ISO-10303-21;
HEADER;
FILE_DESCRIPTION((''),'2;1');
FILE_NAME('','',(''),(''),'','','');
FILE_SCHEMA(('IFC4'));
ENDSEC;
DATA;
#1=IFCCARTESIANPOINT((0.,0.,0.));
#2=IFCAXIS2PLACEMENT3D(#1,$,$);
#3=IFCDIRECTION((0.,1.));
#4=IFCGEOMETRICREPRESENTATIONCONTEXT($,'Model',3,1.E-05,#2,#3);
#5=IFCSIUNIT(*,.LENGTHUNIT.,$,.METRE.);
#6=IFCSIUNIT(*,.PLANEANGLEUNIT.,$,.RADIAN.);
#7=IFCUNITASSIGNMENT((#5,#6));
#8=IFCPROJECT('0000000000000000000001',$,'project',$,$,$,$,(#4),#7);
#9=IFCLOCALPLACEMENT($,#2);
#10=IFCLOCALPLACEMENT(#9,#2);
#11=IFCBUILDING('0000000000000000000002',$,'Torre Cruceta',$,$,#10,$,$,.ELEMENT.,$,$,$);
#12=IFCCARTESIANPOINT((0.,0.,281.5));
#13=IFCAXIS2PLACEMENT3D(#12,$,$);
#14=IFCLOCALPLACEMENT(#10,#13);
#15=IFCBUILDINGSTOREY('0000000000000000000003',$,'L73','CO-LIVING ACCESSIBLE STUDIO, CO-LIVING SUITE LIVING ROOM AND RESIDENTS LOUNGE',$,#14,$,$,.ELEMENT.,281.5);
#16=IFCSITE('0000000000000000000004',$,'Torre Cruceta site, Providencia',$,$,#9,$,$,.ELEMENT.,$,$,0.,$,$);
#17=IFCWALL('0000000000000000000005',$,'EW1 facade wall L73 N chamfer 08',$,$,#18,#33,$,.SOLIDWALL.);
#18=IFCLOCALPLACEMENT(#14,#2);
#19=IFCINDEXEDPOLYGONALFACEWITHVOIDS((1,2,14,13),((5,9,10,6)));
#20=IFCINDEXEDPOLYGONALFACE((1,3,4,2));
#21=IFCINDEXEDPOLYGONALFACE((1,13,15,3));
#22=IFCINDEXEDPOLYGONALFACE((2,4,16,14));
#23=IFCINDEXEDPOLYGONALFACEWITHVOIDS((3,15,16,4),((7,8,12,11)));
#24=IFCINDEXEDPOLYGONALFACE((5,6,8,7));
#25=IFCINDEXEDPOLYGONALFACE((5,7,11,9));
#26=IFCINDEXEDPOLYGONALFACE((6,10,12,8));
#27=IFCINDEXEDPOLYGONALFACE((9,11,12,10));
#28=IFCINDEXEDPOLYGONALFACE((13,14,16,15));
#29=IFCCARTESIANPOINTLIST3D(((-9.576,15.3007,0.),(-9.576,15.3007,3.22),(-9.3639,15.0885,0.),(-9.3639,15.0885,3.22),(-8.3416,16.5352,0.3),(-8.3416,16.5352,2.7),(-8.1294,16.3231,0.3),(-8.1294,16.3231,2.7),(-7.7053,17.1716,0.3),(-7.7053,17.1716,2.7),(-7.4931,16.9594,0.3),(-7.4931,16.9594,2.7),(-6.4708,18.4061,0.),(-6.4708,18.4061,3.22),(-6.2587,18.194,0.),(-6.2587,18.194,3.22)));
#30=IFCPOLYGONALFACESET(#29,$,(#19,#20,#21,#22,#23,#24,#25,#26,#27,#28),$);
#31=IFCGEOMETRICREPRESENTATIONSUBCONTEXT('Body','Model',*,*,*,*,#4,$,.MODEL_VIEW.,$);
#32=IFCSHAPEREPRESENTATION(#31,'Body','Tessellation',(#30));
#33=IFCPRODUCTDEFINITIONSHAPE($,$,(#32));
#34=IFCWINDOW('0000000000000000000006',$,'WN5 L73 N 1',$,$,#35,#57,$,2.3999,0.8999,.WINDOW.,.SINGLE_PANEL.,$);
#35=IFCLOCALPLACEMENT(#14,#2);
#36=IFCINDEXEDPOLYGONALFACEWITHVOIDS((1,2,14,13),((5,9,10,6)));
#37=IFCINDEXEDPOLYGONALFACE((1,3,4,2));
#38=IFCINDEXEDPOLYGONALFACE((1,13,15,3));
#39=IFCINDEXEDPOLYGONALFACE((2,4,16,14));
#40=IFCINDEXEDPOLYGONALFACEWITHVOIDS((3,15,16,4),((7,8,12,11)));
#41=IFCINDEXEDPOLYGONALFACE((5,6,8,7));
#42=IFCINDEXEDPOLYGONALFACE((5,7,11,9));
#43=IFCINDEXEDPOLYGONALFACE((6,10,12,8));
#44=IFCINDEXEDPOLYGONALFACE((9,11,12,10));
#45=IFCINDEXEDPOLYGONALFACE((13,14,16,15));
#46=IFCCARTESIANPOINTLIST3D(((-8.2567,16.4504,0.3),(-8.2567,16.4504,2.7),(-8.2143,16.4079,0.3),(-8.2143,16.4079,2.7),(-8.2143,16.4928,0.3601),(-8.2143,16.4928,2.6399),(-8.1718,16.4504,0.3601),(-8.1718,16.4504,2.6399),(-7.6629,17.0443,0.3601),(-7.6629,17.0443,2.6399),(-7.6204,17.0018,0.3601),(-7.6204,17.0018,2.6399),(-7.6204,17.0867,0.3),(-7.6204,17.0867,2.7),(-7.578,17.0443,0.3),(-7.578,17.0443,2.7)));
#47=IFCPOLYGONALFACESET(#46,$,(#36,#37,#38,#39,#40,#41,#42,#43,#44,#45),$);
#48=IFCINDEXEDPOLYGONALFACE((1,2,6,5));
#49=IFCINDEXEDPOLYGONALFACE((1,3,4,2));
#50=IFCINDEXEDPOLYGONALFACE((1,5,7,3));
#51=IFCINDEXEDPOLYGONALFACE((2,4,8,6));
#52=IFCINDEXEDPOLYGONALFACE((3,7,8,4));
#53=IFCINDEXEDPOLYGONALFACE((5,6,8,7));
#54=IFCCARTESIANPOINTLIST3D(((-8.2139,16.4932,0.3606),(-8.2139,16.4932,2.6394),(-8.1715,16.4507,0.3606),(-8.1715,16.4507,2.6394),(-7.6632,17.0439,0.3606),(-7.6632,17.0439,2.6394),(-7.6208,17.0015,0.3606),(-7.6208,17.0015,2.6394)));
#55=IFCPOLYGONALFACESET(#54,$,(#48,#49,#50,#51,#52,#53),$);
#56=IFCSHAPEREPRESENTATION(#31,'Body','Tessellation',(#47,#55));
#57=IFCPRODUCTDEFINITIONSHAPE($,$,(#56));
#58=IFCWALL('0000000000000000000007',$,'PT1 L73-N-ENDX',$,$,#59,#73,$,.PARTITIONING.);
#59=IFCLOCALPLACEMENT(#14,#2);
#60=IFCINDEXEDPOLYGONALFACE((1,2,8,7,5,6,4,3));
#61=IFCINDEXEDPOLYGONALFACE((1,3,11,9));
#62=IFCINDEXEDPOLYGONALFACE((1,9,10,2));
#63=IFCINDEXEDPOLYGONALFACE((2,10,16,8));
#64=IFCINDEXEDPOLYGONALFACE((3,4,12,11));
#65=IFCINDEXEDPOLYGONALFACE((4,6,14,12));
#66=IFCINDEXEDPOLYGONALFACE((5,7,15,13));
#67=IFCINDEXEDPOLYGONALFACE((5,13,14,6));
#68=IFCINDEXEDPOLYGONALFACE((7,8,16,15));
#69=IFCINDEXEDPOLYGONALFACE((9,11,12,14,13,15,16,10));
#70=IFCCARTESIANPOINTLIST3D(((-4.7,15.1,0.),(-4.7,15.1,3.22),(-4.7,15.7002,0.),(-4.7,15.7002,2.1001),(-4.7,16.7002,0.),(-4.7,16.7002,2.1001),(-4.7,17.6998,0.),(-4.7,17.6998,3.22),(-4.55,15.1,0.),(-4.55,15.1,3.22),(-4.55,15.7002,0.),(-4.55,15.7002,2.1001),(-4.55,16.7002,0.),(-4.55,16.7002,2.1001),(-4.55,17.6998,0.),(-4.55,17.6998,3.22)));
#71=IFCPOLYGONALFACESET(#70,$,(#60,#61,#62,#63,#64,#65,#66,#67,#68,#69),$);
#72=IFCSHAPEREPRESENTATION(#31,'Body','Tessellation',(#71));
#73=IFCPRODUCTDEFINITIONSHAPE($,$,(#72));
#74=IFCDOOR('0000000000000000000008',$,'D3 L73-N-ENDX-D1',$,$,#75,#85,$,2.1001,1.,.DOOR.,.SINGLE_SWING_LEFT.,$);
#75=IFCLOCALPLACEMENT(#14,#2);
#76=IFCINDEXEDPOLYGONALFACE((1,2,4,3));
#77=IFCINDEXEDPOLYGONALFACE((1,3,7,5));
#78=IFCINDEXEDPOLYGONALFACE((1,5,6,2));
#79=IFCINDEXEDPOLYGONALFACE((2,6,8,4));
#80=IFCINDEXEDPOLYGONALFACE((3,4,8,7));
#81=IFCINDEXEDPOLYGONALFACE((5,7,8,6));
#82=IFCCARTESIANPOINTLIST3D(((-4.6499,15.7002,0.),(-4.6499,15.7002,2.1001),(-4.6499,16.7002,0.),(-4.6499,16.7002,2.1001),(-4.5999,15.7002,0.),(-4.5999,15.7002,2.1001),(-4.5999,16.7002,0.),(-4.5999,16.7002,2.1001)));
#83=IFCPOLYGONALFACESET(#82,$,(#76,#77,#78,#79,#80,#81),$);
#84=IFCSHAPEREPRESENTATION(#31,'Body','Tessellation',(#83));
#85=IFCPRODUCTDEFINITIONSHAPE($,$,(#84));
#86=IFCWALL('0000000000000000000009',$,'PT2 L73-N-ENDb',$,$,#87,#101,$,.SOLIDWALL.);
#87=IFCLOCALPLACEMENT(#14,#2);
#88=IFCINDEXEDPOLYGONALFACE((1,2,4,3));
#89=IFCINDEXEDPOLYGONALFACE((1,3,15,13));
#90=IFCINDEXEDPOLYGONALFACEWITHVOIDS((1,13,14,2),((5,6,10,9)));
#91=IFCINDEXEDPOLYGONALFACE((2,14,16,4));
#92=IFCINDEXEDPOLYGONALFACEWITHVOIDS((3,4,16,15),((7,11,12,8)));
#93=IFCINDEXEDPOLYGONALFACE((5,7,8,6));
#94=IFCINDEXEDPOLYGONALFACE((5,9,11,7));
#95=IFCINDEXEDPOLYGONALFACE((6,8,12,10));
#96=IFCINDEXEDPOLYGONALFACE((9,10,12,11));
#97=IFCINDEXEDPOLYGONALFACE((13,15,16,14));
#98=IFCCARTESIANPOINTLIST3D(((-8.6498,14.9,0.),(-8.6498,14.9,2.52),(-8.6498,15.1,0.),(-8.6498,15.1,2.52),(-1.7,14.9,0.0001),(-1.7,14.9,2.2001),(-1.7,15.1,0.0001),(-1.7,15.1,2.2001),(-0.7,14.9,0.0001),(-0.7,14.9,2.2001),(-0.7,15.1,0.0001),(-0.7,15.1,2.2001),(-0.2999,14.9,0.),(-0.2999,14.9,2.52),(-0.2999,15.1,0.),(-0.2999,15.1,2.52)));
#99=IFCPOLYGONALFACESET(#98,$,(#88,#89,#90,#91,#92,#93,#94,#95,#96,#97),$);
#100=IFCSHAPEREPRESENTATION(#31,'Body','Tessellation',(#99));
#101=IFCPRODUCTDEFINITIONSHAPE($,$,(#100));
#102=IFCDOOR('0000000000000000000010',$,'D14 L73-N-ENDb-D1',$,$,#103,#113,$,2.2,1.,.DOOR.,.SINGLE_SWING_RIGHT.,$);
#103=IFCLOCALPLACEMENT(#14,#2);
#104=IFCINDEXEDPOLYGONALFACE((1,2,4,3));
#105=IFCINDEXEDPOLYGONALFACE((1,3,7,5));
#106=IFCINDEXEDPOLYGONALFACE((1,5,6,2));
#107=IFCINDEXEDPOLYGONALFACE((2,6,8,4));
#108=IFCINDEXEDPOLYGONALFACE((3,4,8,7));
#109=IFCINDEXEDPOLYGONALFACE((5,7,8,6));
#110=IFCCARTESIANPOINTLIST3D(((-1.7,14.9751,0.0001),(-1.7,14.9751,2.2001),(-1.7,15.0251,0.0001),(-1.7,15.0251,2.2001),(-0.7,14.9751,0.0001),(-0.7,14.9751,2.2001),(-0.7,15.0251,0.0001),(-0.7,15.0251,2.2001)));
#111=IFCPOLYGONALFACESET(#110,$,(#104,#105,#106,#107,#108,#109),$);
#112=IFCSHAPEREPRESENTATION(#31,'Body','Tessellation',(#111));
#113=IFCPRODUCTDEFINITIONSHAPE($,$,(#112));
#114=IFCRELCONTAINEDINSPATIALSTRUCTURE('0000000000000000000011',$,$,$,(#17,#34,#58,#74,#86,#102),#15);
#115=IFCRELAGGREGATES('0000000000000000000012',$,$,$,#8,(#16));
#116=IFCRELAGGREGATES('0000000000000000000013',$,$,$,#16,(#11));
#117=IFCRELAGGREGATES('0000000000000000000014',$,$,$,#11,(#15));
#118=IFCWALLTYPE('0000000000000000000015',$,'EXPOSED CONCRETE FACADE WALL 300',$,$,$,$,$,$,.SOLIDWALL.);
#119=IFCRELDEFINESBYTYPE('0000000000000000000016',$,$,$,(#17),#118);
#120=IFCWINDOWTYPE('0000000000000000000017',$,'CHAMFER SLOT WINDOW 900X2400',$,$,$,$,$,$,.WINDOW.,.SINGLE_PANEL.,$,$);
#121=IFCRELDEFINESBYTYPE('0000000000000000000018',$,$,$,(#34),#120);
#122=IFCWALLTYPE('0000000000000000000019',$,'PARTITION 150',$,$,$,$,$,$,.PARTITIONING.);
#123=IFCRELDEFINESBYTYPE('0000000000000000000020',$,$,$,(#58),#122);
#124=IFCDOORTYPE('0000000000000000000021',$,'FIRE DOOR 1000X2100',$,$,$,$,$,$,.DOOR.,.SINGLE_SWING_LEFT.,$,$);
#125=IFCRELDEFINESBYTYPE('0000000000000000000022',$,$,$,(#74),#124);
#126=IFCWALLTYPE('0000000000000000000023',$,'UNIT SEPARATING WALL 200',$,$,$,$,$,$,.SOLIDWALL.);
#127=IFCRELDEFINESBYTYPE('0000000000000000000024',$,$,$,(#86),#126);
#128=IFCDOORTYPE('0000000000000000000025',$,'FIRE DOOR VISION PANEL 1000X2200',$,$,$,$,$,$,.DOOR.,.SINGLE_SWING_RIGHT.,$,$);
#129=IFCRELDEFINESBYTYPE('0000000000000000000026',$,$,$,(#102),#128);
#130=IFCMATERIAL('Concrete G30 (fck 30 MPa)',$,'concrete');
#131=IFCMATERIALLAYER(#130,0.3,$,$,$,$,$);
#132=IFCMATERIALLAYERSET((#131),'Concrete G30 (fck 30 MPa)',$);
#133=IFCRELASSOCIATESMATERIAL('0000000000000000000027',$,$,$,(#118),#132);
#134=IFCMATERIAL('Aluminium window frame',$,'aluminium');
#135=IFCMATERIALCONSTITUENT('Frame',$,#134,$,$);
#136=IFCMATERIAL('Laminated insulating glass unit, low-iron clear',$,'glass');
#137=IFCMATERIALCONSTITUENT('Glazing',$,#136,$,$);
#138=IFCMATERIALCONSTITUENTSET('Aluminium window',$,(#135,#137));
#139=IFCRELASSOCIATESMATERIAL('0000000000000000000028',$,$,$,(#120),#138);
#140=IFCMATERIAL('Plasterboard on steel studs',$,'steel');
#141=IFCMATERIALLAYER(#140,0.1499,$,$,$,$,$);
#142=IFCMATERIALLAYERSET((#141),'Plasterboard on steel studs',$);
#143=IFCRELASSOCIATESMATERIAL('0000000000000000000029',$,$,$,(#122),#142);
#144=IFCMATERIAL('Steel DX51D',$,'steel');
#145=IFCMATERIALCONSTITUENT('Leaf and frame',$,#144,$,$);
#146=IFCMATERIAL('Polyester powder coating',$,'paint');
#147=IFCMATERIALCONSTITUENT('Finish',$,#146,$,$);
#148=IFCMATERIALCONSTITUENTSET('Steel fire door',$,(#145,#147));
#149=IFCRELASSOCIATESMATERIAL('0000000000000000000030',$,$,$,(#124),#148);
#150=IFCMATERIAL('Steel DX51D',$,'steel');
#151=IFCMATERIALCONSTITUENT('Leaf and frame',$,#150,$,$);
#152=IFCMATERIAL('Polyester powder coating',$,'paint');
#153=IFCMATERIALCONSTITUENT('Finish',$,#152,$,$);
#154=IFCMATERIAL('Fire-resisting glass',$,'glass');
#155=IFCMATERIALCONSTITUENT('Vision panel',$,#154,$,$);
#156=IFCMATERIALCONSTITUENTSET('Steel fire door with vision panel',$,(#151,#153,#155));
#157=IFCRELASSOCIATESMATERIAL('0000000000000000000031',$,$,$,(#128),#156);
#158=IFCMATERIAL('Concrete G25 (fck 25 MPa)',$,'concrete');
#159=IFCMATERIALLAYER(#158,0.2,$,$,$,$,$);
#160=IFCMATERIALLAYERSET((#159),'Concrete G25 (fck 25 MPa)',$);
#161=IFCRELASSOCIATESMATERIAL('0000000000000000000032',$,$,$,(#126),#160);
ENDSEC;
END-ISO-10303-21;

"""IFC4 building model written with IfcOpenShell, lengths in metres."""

from ifc_helpers import new_model, si_unit, direction, frame, frame_2d, origin, place, context, subcontext, project, spatial, rectangle, hollow_rectangle, extrude, material, layer, layer_set, constituent, constituent_set, type_object, element, fill, save


model = new_model("IFC4")

# Units and contexts
model_context = context("Model", 3, precision=1e-05, world=origin(), true_north=direction((0.0, 1.0)))
body_context = subcontext(model_context, "Body", "Model", "MODEL_VIEW")
ifc_project = project(units=[si_unit("LENGTHUNIT", "METRE"), si_unit("PLANEANGLEUNIT", "RADIAN")], contexts=[model_context])

# Site, building, storey
site_placement = place(None, origin())
site = spatial("IfcSite", under=ifc_project, at=site_placement, Name="Torre Cruceta site, Providencia", CompositionType="ELEMENT", RefElevation=0.0)
building_placement = place(site_placement, origin())
building = spatial("IfcBuilding", under=site, at=building_placement, Name="Torre Cruceta", CompositionType="ELEMENT")
storey_placement = place(building_placement, frame((0.0, 0.0, 281.5)))
storey = spatial("IfcBuildingStorey", under=building, at=storey_placement, Name="L73", Description="CO-LIVING ACCESSIBLE STUDIO, CO-LIVING SUITE LIVING ROOM AND RESIDENTS LOUNGE", CompositionType="ELEMENT", Elevation=281.5)

# Wall, opening, window
ifc_material_1 = material(Name="Concrete G30 (fck 30 MPa)", Category="concrete")
ifc_layer_1 = layer(ifc_material_1, 0.3)
ifc_layer_set_1 = layer_set([ifc_layer_1], Name="Concrete G30 (fck 30 MPa)")
wall_type_1 = type_object("IfcWallType", Name="EXPOSED CONCRETE FACADE WALL 300", PredefinedType="SOLIDWALL", material=ifc_layer_set_1)
wall_1_placement = place(storey_placement, frame((-6.3647, 18.3, 0.0), z_axis=(0.0, 0.0, 1.0), x_axis=(-0.707079, -0.707135, 0.0)))
wall_1 = element("IfcWall", 1, at=wall_1_placement, inside=storey, type_object=wall_type_1, Name="EW1 facade wall L73 N chamfer 08", PredefinedType="SOLIDWALL", context=body_context, shape_type="SweptSolid", body=[
    extrude(rectangle(XDim=4.3916, YDim=0.3, at=frame_2d((2.1958, 0.0))), origin(), (0.0, 0.0, 1.0), 3.22),
])
opening_1_placement = place(wall_1_placement, frame((1.7458, 0.0, 0.3)))
opening_1 = element("IfcOpeningElement", 2, at=opening_1_placement, cuts=wall_1, PredefinedType="OPENING", context=body_context, shape_type="SweptSolid", body=[
    extrude(rectangle(XDim=0.8999, YDim=2.3999, at=frame_2d((0.45, 1.2))), frame((0.0, 0.1599, 0.0), z_axis=(0.0, -1.0, 0.0), x_axis=(1.0, 0.0, 0.0)), (0.0, 0.0, 1.0), 0.3201),
])
ifc_material_2 = material(Name="Aluminium window frame", Category="aluminium")
ifc_constituent_1 = constituent(ifc_material_2, Name="Frame")
ifc_material_3 = material(Name="Laminated insulating glass unit, low-iron clear", Category="glass")
ifc_constituent_2 = constituent(ifc_material_3, Name="Glazing")
ifc_constituent_set_1 = constituent_set(constituents=[ifc_constituent_1, ifc_constituent_2], Name="Aluminium window")
window_type = type_object("IfcWindowType", Name="CHAMFER SLOT WINDOW 900X2400", PartitioningType="SINGLE_PANEL", PredefinedType="WINDOW", material=ifc_constituent_set_1)
window_placement = place(opening_1_placement, origin())
window = element("IfcWindow", 3, at=window_placement, inside=storey, type_object=window_type, Name="WN5 L73 N 1", OverallHeight=2.3999, OverallWidth=0.8999, PartitioningType="SINGLE_PANEL", PredefinedType="WINDOW", context=body_context, shape_type="SweptSolid", body=[
    extrude(hollow_rectangle(XDim=0.8999, YDim=2.3999, WallThickness=0.0601, at=frame_2d((0.45, 1.2))), frame((0.0, 0.03, 0.0), z_axis=(0.0, -1.0, 0.0), x_axis=(1.0, 0.0, 0.0)), (0.0, 0.0, 1.0), 0.0601),
    extrude(rectangle(XDim=0.7788, YDim=2.2788, at=frame_2d((0.45, 1.2))), frame((0.0, 0.03, 0.0), z_axis=(0.0, -1.0, 0.0), x_axis=(1.0, 0.0, 0.0)), (0.0, 0.0, 1.0), 0.0601),
])
fill(opening_1, window)

# Wall, opening, door
ifc_material_4 = material(Name="Plasterboard on steel studs", Category="steel")
ifc_layer_2 = layer(ifc_material_4, 0.1499)
ifc_layer_set_2 = layer_set([ifc_layer_2], Name="Plasterboard on steel studs")
wall_type_2 = type_object("IfcWallType", Name="PARTITION 150", PredefinedType="PARTITIONING", material=ifc_layer_set_2)
wall_2_placement = place(storey_placement, frame((-4.625, 15.1001, 0.0), z_axis=(0.0, 0.0, 1.0), x_axis=(0.0, 1.0, 0.0)))
wall_2 = element("IfcWall", 4, at=wall_2_placement, inside=storey, type_object=wall_type_2, Name="PT1 L73-N-ENDX", PredefinedType="PARTITIONING", context=body_context, shape_type="SweptSolid", body=[
    extrude(rectangle(XDim=2.5999, YDim=0.1499, at=frame_2d((1.2998, 0.0))), origin(), (0.0, 0.0, 1.0), 3.22),
])
opening_2_placement = place(wall_2_placement, frame((0.6001, 0.0, 0.0)))
opening_2 = element("IfcOpeningElement", 5, at=opening_2_placement, cuts=wall_2, PredefinedType="OPENING", context=body_context, shape_type="SweptSolid", body=[
    extrude(rectangle(XDim=1.0, YDim=2.1001, at=frame_2d((0.5, 1.05))), frame((0.0, 0.085, 0.0), z_axis=(0.0, -1.0, 0.0), x_axis=(1.0, 0.0, 0.0)), (0.0, 0.0, 1.0), 0.1699),
])
ifc_material_5 = material(Name="Steel DX51D", Category="steel")
ifc_constituent_3 = constituent(ifc_material_5, Name="Leaf and frame")
ifc_material_6 = material(Name="Polyester powder coating", Category="paint")
ifc_constituent_4 = constituent(ifc_material_6, Name="Finish")
ifc_constituent_set_2 = constituent_set(constituents=[ifc_constituent_3, ifc_constituent_4], Name="Steel fire door")
door_type_1 = type_object("IfcDoorType", Name="FIRE DOOR 1000X2100", OperationType="SINGLE_SWING_LEFT", PredefinedType="DOOR", material=ifc_constituent_set_2)
door_1_placement = place(opening_2_placement, origin())
door_1 = element("IfcDoor", 6, at=door_1_placement, inside=storey, type_object=door_type_1, Name="D3 L73-N-ENDX-D1", OperationType="SINGLE_SWING_LEFT", OverallHeight=2.1001, OverallWidth=1.0, PredefinedType="DOOR", context=body_context, shape_type="SweptSolid", body=[
    extrude(rectangle(XDim=1.0, YDim=2.1001, at=frame_2d((0.5, 1.05))), frame((0.0, 0.0249, 0.0), z_axis=(0.0, -1.0, 0.0), x_axis=(1.0, 0.0, 0.0)), (0.0, 0.0, 1.0), 0.05),
])
fill(opening_2, door_1)

# Shared definitions
ifc_material_7 = material(Name="Steel DX51D", Category="steel")
ifc_constituent_5 = constituent(ifc_material_7, Name="Leaf and frame")
ifc_material_8 = material(Name="Polyester powder coating", Category="paint")
ifc_constituent_6 = constituent(ifc_material_8, Name="Finish")
ifc_material_9 = material(Name="Fire-resisting glass", Category="glass")
ifc_constituent_7 = constituent(ifc_material_9, Name="Vision panel")
ifc_constituent_set_3 = constituent_set(constituents=[ifc_constituent_5, ifc_constituent_6, ifc_constituent_7], Name="Steel fire door with vision panel")
door_type_2 = type_object("IfcDoorType", Name="FIRE DOOR VISION PANEL 1000X2200", OperationType="SINGLE_SWING_RIGHT", PredefinedType="DOOR", material=ifc_constituent_set_3)

# Wall, opening, door
ifc_material_10 = material(Name="Concrete G25 (fck 25 MPa)", Category="concrete")
ifc_layer_3 = layer(ifc_material_10, 0.2)
ifc_layer_set_3 = layer_set([ifc_layer_3], Name="Concrete G25 (fck 25 MPa)")
wall_type_3 = type_object("IfcWallType", Name="UNIT SEPARATING WALL 200", PredefinedType="SOLIDWALL", material=ifc_layer_set_3)
wall_3_placement = place(storey_placement, frame((-0.3, 15.0, 0.0), z_axis=(0.0, 0.0, 1.0), x_axis=(-1.0, 0.0, 0.0)))
wall_3 = element("IfcWall", 7, at=wall_3_placement, inside=storey, type_object=wall_type_3, Name="PT2 L73-N-ENDb", PredefinedType="SOLIDWALL", context=body_context, shape_type="SweptSolid", body=[
    extrude(rectangle(XDim=8.3499, YDim=0.2, at=frame_2d((4.1748, 0.0))), origin(), (0.0, 0.0, 1.0), 2.52),
])
opening_3_placement = place(wall_3_placement, frame((0.3999, 0.0, 0.0)))
opening_3 = element("IfcOpeningElement", 8, at=opening_3_placement, cuts=wall_3, PredefinedType="OPENING", context=body_context, shape_type="SweptSolid", body=[
    extrude(rectangle(XDim=1.0, YDim=2.2, at=frame_2d((0.5, 1.1001))), frame((0.0, 0.1099, 0.0), z_axis=(0.0, -1.0, 0.0), x_axis=(1.0, 0.0, 0.0)), (0.0, 0.0, 1.0), 0.22),
])
door_2_placement = place(opening_3_placement, frame((1.0, 0.0, 0.0), z_axis=(0.0, 0.0, 1.0), x_axis=(-1.0, 0.0, 0.0)))
door_2 = element("IfcDoor", 9, at=door_2_placement, inside=storey, type_object=door_type_2, Name="D14 L73-N-ENDb-D1", OperationType="SINGLE_SWING_RIGHT", OverallHeight=2.2, OverallWidth=1.0, PredefinedType="DOOR", context=body_context, shape_type="SweptSolid", body=[
    extrude(rectangle(XDim=1.0, YDim=2.2, at=frame_2d((0.5, 1.1001))), frame((0.0, 0.0251, 0.0), z_axis=(0.0, -1.0, 0.0), x_axis=(1.0, 0.0, 0.0)), (0.0, 0.0, 1.0), 0.05),
])
fill(opening_3, door_2)

save(model, "model.ifc")
